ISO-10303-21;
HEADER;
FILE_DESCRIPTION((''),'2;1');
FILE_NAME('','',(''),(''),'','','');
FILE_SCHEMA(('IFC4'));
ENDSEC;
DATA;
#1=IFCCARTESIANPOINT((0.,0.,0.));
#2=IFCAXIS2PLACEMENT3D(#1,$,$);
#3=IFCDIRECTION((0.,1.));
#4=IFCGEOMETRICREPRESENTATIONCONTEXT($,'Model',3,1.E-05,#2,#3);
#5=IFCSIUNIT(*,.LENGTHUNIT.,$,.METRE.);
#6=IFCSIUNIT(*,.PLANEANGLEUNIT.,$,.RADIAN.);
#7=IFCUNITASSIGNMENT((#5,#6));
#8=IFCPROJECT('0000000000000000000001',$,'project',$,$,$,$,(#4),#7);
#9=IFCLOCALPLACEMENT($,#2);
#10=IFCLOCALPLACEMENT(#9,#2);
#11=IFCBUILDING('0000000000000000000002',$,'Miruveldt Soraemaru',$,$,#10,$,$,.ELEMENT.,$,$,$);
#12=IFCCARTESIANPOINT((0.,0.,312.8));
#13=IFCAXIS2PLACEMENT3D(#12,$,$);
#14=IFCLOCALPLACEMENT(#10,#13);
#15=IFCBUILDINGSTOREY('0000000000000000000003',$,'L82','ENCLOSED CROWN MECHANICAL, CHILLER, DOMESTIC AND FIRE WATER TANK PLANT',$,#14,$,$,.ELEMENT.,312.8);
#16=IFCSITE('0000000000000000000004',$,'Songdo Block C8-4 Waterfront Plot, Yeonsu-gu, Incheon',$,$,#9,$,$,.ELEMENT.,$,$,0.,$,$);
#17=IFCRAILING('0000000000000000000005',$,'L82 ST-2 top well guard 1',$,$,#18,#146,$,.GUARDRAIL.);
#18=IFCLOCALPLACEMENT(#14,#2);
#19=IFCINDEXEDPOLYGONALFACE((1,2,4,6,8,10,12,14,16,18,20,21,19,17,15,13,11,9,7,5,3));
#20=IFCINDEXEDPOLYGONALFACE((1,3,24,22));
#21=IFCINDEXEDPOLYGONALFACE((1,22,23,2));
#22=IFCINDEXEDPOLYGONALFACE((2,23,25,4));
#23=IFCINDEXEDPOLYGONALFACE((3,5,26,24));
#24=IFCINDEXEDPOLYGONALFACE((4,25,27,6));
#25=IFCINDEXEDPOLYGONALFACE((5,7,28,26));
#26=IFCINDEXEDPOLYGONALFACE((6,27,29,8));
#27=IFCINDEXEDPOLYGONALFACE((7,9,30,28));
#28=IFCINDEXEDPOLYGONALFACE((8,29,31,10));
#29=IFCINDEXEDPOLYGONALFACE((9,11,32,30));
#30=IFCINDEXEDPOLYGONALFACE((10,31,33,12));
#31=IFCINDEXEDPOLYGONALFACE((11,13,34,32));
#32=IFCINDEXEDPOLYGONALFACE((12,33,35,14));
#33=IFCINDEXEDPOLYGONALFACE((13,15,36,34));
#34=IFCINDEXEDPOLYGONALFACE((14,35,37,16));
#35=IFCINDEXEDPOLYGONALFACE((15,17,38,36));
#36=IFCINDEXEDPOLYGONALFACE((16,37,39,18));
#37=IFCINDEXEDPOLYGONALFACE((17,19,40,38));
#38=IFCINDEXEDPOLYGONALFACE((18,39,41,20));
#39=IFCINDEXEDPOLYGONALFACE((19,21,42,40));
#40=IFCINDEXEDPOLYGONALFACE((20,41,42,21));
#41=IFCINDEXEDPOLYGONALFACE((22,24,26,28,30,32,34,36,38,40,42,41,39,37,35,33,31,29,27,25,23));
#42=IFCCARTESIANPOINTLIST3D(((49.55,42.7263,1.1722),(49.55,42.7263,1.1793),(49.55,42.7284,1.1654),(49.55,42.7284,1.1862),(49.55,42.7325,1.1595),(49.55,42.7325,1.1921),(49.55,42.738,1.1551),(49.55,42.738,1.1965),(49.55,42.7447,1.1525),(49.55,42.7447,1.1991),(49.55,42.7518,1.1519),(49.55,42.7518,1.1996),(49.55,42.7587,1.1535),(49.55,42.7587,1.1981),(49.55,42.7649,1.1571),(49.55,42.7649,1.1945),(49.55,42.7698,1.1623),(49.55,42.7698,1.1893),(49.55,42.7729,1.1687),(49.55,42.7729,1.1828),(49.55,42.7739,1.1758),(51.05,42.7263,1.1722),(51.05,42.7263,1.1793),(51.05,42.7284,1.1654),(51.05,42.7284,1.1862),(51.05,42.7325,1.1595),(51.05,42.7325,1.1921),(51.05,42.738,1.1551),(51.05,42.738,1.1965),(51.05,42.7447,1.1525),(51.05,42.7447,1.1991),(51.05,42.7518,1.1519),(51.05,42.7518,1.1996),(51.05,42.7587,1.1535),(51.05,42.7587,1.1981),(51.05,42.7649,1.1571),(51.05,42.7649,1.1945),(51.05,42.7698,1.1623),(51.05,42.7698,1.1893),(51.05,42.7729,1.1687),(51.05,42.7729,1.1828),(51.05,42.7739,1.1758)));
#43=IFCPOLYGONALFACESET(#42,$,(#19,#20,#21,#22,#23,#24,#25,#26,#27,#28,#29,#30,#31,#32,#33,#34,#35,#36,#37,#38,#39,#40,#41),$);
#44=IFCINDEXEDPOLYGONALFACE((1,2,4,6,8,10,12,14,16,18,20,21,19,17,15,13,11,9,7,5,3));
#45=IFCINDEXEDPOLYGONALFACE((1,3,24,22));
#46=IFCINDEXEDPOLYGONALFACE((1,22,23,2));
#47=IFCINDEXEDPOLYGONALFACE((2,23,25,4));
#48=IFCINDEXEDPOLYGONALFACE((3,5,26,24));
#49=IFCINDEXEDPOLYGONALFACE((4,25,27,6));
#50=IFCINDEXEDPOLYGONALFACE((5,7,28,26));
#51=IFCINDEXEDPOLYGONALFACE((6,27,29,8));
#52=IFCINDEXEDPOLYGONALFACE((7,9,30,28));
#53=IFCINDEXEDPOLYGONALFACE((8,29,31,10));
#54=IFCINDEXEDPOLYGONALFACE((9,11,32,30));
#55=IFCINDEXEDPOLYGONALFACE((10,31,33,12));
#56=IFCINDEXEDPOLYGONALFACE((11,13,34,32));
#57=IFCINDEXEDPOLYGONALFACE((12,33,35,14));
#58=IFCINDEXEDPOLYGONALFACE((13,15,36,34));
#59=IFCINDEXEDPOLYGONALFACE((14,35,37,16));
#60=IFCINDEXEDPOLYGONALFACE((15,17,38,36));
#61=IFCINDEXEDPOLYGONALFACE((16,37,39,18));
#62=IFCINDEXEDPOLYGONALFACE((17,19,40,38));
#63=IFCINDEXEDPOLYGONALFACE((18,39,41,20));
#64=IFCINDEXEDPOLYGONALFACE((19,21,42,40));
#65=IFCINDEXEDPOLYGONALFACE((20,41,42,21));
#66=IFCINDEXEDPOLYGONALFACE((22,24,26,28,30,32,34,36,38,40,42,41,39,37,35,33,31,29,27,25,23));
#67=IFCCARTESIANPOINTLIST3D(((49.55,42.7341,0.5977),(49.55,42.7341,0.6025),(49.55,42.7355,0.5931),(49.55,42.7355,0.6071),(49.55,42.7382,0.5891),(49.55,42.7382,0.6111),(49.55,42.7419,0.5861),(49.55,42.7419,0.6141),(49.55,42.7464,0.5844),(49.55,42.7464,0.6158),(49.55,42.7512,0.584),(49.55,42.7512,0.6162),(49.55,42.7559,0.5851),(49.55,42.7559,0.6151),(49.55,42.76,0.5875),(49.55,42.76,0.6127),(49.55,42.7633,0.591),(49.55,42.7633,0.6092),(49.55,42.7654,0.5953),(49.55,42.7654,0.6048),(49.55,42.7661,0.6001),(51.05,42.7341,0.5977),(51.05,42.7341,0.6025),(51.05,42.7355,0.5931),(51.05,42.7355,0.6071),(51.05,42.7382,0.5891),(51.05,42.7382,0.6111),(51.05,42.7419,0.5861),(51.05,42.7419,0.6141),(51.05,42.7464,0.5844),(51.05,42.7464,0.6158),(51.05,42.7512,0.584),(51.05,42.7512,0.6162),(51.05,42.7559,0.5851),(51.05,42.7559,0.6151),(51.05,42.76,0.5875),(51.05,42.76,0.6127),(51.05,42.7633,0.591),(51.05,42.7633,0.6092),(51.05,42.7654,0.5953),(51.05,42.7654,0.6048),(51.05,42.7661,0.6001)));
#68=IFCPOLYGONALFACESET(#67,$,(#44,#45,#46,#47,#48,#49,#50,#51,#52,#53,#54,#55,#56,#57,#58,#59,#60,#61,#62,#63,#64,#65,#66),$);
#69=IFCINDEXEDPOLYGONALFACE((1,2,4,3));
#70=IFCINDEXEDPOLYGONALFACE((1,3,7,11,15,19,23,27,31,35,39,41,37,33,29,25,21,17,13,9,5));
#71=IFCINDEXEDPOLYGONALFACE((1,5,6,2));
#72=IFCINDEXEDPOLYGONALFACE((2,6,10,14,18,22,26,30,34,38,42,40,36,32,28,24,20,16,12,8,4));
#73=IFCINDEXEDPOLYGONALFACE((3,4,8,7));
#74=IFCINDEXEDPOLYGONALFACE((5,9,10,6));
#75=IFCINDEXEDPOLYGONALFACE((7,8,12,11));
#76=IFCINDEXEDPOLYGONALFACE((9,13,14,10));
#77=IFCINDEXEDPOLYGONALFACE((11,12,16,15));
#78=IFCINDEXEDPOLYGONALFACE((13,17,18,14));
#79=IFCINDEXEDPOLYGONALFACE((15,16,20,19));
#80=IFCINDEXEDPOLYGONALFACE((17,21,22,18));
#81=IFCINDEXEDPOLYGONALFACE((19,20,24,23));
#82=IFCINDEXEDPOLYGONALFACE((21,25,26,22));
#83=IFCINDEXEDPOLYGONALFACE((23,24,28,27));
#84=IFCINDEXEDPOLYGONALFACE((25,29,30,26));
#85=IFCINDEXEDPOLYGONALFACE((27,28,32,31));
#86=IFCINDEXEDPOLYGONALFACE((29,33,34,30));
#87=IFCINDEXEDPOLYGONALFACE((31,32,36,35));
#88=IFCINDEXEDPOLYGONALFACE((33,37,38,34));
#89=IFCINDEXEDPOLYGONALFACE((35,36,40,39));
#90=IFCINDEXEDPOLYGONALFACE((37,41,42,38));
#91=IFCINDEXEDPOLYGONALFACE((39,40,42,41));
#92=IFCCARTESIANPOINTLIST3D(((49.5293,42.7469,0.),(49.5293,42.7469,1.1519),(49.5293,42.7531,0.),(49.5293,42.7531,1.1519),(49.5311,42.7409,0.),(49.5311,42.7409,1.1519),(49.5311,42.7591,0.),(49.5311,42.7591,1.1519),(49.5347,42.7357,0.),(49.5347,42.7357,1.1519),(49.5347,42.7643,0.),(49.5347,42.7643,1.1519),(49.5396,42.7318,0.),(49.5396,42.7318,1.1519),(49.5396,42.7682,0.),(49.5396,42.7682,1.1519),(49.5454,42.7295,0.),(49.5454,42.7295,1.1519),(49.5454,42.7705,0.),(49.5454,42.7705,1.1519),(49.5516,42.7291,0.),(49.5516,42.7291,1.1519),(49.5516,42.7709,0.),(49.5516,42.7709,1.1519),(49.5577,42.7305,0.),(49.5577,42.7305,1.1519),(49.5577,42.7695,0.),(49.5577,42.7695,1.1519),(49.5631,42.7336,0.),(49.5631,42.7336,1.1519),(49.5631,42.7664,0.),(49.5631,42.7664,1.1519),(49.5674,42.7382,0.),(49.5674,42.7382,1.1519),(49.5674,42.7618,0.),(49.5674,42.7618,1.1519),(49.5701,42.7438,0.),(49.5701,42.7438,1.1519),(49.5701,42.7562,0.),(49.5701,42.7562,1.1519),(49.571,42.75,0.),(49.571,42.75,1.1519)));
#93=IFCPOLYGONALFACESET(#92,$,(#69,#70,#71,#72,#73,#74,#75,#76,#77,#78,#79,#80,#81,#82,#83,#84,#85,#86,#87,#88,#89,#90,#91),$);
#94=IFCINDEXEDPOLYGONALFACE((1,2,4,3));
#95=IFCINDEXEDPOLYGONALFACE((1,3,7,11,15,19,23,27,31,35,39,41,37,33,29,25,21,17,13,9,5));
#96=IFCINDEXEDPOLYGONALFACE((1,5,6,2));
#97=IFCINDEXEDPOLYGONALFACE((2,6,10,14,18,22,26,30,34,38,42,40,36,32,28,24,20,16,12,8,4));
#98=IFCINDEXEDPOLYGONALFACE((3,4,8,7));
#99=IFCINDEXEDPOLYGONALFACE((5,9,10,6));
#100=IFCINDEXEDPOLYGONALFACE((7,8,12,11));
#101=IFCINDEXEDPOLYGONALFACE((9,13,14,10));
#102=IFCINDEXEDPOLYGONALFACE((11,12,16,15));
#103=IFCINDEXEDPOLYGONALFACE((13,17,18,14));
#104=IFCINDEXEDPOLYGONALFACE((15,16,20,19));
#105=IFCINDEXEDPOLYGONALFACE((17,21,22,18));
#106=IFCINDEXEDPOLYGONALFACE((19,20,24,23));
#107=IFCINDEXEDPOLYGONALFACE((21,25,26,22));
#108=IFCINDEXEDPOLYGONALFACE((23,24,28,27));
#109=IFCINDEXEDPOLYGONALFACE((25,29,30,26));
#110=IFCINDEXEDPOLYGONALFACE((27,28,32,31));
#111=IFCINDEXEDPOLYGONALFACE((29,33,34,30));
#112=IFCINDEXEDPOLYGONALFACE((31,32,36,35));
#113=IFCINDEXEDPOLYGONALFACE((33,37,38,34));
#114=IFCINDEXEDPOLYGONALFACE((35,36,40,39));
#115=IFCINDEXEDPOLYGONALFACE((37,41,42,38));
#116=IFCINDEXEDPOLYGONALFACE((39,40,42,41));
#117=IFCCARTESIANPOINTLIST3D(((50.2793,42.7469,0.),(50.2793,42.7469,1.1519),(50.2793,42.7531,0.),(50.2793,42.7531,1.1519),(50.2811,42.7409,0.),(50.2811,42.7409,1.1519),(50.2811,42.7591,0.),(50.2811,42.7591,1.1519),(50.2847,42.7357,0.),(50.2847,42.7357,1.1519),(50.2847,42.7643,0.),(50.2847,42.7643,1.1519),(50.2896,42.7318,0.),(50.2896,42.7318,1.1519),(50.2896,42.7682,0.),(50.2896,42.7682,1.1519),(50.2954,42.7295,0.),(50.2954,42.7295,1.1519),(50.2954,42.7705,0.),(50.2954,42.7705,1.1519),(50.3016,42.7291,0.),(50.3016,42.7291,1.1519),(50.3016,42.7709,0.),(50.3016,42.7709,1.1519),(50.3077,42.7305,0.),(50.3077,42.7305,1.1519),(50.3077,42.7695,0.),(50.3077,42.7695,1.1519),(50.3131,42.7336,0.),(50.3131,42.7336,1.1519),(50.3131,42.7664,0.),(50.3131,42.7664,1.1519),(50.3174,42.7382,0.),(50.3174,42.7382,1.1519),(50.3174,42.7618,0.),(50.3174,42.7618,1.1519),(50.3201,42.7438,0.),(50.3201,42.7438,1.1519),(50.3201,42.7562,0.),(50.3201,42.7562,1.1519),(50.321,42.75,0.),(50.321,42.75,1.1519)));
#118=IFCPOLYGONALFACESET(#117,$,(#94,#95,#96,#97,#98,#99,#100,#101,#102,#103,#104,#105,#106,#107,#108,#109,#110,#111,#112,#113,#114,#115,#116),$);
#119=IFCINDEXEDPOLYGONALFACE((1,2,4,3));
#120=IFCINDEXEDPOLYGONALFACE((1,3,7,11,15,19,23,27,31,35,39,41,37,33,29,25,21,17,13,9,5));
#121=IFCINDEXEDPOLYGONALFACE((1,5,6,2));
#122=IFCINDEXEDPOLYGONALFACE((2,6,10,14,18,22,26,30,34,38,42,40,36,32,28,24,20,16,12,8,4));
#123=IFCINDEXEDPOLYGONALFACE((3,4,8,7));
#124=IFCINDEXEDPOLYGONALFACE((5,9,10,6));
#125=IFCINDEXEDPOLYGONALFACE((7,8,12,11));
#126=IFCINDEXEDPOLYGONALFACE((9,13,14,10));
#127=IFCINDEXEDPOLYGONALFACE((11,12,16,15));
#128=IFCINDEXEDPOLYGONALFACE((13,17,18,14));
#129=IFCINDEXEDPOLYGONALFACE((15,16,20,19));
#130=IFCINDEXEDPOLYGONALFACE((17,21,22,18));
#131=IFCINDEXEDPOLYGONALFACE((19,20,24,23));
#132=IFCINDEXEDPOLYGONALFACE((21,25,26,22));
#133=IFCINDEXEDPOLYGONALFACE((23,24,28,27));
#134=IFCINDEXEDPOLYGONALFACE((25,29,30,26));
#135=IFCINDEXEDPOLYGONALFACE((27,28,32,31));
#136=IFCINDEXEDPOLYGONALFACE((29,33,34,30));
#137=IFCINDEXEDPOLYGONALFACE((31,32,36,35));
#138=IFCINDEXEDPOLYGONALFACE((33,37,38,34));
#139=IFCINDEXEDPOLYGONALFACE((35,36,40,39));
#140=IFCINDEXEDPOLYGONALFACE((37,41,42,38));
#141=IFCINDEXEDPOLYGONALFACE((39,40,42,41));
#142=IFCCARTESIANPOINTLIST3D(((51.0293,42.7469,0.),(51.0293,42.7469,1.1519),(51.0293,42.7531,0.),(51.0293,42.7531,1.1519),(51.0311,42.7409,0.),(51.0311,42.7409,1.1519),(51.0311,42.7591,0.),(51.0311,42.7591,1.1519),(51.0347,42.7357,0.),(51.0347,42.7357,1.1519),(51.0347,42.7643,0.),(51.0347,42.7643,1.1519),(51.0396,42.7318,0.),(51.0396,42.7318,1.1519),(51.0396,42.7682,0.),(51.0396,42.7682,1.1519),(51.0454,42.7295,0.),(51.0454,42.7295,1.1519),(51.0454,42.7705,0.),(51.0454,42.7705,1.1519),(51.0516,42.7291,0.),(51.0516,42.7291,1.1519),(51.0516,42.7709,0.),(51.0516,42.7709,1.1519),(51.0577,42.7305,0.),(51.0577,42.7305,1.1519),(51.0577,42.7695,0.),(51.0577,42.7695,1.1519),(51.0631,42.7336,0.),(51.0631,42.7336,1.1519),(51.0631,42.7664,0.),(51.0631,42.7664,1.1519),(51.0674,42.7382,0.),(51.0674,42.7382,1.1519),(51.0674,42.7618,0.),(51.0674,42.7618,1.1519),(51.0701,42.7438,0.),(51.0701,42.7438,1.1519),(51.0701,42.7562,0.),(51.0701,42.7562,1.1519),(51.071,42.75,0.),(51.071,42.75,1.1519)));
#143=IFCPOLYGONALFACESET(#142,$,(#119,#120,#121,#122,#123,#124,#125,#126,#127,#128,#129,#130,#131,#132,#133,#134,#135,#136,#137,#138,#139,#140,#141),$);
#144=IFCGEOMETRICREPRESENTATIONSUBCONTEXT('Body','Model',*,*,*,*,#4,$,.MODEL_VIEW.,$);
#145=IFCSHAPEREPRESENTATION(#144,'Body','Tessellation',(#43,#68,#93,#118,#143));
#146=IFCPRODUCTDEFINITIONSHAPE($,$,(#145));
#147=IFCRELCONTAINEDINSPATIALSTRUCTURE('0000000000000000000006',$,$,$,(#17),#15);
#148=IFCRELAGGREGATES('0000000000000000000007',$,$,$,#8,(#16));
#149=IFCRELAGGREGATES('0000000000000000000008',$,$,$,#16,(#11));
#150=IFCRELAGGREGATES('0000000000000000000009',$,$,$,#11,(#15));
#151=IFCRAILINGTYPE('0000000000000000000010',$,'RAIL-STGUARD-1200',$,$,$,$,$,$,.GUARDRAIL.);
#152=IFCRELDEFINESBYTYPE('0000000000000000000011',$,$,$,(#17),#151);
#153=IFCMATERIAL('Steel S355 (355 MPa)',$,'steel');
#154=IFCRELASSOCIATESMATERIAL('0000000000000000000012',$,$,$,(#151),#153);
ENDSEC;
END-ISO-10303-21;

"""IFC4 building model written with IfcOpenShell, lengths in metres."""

from ifc_helpers import new_model, si_unit, direction, frame, origin, origin_2d, place, context, subcontext, project, spatial, circle, extrude, material, type_object, element, save


model = new_model("IFC4")

# Units and contexts
model_context = context("Model", 3, precision=1e-05, world=origin(), true_north=direction((0.0, 1.0)))
body_context = subcontext(model_context, "Body", "Model", "MODEL_VIEW")
ifc_project = project(units=[si_unit("LENGTHUNIT", "METRE"), si_unit("PLANEANGLEUNIT", "RADIAN")], contexts=[model_context])

# Site, building, storey
site_placement = place(None, origin())
site = spatial("IfcSite", under=ifc_project, at=site_placement, Name="Songdo Block C8-4 Waterfront Plot, Yeonsu-gu, Incheon", CompositionType="ELEMENT", RefElevation=0.0)
building_placement = place(site_placement, origin())
building = spatial("IfcBuilding", under=site, at=building_placement, Name="Miruveldt Soraemaru", CompositionType="ELEMENT")
storey_placement = place(building_placement, frame((0.0, 0.0, 312.8)))
storey = spatial("IfcBuildingStorey", under=building, at=storey_placement, Name="L82", Description="ENCLOSED CROWN MECHANICAL, CHILLER, DOMESTIC AND FIRE WATER TANK PLANT", CompositionType="ELEMENT", Elevation=312.8)

# Railing
ifc_material_1 = material(Name="Steel S355 (355 MPa)", Category="steel")
railing_type = type_object("IfcRailingType", Name="RAIL-STGUARD-1200", PredefinedType="GUARDRAIL", material=ifc_material_1)
railing_placement = place(storey_placement, frame((49.55, 42.75, 0.0)))
element("IfcRailing", 1, at=railing_placement, inside=storey, type_object=railing_type, Name="L82 ST-2 top well guard 1", PredefinedType="GUARDRAIL", context=body_context, shape_type="SweptSolid", body=[
    extrude(circle(Radius=0.0239, at=origin_2d()), frame((0.0, 0.0, 1.1758), z_axis=(1.0, 0.0, 0.0), x_axis=(0.0, 1.0, 0.0)), (0.0, 0.0, 1.0), 1.5),
    extrude(circle(Radius=0.0161, at=origin_2d()), frame((0.0, 0.0, 0.6001), z_axis=(1.0, 0.0, 0.0), x_axis=(0.0, 1.0, 0.0)), (0.0, 0.0, 1.0), 1.5),
    extrude(circle(Radius=0.021, at=origin_2d()), origin(), (0.0, 0.0, 1.0), 1.1519),
    extrude(circle(Radius=0.021, at=origin_2d()), frame((0.75, 0.0, 0.0)), (0.0, 0.0, 1.0), 1.1519),
    extrude(circle(Radius=0.021, at=origin_2d()), frame((1.5, 0.0, 0.0)), (0.0, 0.0, 1.0), 1.1519),
])

save(model, "model.ifc")
